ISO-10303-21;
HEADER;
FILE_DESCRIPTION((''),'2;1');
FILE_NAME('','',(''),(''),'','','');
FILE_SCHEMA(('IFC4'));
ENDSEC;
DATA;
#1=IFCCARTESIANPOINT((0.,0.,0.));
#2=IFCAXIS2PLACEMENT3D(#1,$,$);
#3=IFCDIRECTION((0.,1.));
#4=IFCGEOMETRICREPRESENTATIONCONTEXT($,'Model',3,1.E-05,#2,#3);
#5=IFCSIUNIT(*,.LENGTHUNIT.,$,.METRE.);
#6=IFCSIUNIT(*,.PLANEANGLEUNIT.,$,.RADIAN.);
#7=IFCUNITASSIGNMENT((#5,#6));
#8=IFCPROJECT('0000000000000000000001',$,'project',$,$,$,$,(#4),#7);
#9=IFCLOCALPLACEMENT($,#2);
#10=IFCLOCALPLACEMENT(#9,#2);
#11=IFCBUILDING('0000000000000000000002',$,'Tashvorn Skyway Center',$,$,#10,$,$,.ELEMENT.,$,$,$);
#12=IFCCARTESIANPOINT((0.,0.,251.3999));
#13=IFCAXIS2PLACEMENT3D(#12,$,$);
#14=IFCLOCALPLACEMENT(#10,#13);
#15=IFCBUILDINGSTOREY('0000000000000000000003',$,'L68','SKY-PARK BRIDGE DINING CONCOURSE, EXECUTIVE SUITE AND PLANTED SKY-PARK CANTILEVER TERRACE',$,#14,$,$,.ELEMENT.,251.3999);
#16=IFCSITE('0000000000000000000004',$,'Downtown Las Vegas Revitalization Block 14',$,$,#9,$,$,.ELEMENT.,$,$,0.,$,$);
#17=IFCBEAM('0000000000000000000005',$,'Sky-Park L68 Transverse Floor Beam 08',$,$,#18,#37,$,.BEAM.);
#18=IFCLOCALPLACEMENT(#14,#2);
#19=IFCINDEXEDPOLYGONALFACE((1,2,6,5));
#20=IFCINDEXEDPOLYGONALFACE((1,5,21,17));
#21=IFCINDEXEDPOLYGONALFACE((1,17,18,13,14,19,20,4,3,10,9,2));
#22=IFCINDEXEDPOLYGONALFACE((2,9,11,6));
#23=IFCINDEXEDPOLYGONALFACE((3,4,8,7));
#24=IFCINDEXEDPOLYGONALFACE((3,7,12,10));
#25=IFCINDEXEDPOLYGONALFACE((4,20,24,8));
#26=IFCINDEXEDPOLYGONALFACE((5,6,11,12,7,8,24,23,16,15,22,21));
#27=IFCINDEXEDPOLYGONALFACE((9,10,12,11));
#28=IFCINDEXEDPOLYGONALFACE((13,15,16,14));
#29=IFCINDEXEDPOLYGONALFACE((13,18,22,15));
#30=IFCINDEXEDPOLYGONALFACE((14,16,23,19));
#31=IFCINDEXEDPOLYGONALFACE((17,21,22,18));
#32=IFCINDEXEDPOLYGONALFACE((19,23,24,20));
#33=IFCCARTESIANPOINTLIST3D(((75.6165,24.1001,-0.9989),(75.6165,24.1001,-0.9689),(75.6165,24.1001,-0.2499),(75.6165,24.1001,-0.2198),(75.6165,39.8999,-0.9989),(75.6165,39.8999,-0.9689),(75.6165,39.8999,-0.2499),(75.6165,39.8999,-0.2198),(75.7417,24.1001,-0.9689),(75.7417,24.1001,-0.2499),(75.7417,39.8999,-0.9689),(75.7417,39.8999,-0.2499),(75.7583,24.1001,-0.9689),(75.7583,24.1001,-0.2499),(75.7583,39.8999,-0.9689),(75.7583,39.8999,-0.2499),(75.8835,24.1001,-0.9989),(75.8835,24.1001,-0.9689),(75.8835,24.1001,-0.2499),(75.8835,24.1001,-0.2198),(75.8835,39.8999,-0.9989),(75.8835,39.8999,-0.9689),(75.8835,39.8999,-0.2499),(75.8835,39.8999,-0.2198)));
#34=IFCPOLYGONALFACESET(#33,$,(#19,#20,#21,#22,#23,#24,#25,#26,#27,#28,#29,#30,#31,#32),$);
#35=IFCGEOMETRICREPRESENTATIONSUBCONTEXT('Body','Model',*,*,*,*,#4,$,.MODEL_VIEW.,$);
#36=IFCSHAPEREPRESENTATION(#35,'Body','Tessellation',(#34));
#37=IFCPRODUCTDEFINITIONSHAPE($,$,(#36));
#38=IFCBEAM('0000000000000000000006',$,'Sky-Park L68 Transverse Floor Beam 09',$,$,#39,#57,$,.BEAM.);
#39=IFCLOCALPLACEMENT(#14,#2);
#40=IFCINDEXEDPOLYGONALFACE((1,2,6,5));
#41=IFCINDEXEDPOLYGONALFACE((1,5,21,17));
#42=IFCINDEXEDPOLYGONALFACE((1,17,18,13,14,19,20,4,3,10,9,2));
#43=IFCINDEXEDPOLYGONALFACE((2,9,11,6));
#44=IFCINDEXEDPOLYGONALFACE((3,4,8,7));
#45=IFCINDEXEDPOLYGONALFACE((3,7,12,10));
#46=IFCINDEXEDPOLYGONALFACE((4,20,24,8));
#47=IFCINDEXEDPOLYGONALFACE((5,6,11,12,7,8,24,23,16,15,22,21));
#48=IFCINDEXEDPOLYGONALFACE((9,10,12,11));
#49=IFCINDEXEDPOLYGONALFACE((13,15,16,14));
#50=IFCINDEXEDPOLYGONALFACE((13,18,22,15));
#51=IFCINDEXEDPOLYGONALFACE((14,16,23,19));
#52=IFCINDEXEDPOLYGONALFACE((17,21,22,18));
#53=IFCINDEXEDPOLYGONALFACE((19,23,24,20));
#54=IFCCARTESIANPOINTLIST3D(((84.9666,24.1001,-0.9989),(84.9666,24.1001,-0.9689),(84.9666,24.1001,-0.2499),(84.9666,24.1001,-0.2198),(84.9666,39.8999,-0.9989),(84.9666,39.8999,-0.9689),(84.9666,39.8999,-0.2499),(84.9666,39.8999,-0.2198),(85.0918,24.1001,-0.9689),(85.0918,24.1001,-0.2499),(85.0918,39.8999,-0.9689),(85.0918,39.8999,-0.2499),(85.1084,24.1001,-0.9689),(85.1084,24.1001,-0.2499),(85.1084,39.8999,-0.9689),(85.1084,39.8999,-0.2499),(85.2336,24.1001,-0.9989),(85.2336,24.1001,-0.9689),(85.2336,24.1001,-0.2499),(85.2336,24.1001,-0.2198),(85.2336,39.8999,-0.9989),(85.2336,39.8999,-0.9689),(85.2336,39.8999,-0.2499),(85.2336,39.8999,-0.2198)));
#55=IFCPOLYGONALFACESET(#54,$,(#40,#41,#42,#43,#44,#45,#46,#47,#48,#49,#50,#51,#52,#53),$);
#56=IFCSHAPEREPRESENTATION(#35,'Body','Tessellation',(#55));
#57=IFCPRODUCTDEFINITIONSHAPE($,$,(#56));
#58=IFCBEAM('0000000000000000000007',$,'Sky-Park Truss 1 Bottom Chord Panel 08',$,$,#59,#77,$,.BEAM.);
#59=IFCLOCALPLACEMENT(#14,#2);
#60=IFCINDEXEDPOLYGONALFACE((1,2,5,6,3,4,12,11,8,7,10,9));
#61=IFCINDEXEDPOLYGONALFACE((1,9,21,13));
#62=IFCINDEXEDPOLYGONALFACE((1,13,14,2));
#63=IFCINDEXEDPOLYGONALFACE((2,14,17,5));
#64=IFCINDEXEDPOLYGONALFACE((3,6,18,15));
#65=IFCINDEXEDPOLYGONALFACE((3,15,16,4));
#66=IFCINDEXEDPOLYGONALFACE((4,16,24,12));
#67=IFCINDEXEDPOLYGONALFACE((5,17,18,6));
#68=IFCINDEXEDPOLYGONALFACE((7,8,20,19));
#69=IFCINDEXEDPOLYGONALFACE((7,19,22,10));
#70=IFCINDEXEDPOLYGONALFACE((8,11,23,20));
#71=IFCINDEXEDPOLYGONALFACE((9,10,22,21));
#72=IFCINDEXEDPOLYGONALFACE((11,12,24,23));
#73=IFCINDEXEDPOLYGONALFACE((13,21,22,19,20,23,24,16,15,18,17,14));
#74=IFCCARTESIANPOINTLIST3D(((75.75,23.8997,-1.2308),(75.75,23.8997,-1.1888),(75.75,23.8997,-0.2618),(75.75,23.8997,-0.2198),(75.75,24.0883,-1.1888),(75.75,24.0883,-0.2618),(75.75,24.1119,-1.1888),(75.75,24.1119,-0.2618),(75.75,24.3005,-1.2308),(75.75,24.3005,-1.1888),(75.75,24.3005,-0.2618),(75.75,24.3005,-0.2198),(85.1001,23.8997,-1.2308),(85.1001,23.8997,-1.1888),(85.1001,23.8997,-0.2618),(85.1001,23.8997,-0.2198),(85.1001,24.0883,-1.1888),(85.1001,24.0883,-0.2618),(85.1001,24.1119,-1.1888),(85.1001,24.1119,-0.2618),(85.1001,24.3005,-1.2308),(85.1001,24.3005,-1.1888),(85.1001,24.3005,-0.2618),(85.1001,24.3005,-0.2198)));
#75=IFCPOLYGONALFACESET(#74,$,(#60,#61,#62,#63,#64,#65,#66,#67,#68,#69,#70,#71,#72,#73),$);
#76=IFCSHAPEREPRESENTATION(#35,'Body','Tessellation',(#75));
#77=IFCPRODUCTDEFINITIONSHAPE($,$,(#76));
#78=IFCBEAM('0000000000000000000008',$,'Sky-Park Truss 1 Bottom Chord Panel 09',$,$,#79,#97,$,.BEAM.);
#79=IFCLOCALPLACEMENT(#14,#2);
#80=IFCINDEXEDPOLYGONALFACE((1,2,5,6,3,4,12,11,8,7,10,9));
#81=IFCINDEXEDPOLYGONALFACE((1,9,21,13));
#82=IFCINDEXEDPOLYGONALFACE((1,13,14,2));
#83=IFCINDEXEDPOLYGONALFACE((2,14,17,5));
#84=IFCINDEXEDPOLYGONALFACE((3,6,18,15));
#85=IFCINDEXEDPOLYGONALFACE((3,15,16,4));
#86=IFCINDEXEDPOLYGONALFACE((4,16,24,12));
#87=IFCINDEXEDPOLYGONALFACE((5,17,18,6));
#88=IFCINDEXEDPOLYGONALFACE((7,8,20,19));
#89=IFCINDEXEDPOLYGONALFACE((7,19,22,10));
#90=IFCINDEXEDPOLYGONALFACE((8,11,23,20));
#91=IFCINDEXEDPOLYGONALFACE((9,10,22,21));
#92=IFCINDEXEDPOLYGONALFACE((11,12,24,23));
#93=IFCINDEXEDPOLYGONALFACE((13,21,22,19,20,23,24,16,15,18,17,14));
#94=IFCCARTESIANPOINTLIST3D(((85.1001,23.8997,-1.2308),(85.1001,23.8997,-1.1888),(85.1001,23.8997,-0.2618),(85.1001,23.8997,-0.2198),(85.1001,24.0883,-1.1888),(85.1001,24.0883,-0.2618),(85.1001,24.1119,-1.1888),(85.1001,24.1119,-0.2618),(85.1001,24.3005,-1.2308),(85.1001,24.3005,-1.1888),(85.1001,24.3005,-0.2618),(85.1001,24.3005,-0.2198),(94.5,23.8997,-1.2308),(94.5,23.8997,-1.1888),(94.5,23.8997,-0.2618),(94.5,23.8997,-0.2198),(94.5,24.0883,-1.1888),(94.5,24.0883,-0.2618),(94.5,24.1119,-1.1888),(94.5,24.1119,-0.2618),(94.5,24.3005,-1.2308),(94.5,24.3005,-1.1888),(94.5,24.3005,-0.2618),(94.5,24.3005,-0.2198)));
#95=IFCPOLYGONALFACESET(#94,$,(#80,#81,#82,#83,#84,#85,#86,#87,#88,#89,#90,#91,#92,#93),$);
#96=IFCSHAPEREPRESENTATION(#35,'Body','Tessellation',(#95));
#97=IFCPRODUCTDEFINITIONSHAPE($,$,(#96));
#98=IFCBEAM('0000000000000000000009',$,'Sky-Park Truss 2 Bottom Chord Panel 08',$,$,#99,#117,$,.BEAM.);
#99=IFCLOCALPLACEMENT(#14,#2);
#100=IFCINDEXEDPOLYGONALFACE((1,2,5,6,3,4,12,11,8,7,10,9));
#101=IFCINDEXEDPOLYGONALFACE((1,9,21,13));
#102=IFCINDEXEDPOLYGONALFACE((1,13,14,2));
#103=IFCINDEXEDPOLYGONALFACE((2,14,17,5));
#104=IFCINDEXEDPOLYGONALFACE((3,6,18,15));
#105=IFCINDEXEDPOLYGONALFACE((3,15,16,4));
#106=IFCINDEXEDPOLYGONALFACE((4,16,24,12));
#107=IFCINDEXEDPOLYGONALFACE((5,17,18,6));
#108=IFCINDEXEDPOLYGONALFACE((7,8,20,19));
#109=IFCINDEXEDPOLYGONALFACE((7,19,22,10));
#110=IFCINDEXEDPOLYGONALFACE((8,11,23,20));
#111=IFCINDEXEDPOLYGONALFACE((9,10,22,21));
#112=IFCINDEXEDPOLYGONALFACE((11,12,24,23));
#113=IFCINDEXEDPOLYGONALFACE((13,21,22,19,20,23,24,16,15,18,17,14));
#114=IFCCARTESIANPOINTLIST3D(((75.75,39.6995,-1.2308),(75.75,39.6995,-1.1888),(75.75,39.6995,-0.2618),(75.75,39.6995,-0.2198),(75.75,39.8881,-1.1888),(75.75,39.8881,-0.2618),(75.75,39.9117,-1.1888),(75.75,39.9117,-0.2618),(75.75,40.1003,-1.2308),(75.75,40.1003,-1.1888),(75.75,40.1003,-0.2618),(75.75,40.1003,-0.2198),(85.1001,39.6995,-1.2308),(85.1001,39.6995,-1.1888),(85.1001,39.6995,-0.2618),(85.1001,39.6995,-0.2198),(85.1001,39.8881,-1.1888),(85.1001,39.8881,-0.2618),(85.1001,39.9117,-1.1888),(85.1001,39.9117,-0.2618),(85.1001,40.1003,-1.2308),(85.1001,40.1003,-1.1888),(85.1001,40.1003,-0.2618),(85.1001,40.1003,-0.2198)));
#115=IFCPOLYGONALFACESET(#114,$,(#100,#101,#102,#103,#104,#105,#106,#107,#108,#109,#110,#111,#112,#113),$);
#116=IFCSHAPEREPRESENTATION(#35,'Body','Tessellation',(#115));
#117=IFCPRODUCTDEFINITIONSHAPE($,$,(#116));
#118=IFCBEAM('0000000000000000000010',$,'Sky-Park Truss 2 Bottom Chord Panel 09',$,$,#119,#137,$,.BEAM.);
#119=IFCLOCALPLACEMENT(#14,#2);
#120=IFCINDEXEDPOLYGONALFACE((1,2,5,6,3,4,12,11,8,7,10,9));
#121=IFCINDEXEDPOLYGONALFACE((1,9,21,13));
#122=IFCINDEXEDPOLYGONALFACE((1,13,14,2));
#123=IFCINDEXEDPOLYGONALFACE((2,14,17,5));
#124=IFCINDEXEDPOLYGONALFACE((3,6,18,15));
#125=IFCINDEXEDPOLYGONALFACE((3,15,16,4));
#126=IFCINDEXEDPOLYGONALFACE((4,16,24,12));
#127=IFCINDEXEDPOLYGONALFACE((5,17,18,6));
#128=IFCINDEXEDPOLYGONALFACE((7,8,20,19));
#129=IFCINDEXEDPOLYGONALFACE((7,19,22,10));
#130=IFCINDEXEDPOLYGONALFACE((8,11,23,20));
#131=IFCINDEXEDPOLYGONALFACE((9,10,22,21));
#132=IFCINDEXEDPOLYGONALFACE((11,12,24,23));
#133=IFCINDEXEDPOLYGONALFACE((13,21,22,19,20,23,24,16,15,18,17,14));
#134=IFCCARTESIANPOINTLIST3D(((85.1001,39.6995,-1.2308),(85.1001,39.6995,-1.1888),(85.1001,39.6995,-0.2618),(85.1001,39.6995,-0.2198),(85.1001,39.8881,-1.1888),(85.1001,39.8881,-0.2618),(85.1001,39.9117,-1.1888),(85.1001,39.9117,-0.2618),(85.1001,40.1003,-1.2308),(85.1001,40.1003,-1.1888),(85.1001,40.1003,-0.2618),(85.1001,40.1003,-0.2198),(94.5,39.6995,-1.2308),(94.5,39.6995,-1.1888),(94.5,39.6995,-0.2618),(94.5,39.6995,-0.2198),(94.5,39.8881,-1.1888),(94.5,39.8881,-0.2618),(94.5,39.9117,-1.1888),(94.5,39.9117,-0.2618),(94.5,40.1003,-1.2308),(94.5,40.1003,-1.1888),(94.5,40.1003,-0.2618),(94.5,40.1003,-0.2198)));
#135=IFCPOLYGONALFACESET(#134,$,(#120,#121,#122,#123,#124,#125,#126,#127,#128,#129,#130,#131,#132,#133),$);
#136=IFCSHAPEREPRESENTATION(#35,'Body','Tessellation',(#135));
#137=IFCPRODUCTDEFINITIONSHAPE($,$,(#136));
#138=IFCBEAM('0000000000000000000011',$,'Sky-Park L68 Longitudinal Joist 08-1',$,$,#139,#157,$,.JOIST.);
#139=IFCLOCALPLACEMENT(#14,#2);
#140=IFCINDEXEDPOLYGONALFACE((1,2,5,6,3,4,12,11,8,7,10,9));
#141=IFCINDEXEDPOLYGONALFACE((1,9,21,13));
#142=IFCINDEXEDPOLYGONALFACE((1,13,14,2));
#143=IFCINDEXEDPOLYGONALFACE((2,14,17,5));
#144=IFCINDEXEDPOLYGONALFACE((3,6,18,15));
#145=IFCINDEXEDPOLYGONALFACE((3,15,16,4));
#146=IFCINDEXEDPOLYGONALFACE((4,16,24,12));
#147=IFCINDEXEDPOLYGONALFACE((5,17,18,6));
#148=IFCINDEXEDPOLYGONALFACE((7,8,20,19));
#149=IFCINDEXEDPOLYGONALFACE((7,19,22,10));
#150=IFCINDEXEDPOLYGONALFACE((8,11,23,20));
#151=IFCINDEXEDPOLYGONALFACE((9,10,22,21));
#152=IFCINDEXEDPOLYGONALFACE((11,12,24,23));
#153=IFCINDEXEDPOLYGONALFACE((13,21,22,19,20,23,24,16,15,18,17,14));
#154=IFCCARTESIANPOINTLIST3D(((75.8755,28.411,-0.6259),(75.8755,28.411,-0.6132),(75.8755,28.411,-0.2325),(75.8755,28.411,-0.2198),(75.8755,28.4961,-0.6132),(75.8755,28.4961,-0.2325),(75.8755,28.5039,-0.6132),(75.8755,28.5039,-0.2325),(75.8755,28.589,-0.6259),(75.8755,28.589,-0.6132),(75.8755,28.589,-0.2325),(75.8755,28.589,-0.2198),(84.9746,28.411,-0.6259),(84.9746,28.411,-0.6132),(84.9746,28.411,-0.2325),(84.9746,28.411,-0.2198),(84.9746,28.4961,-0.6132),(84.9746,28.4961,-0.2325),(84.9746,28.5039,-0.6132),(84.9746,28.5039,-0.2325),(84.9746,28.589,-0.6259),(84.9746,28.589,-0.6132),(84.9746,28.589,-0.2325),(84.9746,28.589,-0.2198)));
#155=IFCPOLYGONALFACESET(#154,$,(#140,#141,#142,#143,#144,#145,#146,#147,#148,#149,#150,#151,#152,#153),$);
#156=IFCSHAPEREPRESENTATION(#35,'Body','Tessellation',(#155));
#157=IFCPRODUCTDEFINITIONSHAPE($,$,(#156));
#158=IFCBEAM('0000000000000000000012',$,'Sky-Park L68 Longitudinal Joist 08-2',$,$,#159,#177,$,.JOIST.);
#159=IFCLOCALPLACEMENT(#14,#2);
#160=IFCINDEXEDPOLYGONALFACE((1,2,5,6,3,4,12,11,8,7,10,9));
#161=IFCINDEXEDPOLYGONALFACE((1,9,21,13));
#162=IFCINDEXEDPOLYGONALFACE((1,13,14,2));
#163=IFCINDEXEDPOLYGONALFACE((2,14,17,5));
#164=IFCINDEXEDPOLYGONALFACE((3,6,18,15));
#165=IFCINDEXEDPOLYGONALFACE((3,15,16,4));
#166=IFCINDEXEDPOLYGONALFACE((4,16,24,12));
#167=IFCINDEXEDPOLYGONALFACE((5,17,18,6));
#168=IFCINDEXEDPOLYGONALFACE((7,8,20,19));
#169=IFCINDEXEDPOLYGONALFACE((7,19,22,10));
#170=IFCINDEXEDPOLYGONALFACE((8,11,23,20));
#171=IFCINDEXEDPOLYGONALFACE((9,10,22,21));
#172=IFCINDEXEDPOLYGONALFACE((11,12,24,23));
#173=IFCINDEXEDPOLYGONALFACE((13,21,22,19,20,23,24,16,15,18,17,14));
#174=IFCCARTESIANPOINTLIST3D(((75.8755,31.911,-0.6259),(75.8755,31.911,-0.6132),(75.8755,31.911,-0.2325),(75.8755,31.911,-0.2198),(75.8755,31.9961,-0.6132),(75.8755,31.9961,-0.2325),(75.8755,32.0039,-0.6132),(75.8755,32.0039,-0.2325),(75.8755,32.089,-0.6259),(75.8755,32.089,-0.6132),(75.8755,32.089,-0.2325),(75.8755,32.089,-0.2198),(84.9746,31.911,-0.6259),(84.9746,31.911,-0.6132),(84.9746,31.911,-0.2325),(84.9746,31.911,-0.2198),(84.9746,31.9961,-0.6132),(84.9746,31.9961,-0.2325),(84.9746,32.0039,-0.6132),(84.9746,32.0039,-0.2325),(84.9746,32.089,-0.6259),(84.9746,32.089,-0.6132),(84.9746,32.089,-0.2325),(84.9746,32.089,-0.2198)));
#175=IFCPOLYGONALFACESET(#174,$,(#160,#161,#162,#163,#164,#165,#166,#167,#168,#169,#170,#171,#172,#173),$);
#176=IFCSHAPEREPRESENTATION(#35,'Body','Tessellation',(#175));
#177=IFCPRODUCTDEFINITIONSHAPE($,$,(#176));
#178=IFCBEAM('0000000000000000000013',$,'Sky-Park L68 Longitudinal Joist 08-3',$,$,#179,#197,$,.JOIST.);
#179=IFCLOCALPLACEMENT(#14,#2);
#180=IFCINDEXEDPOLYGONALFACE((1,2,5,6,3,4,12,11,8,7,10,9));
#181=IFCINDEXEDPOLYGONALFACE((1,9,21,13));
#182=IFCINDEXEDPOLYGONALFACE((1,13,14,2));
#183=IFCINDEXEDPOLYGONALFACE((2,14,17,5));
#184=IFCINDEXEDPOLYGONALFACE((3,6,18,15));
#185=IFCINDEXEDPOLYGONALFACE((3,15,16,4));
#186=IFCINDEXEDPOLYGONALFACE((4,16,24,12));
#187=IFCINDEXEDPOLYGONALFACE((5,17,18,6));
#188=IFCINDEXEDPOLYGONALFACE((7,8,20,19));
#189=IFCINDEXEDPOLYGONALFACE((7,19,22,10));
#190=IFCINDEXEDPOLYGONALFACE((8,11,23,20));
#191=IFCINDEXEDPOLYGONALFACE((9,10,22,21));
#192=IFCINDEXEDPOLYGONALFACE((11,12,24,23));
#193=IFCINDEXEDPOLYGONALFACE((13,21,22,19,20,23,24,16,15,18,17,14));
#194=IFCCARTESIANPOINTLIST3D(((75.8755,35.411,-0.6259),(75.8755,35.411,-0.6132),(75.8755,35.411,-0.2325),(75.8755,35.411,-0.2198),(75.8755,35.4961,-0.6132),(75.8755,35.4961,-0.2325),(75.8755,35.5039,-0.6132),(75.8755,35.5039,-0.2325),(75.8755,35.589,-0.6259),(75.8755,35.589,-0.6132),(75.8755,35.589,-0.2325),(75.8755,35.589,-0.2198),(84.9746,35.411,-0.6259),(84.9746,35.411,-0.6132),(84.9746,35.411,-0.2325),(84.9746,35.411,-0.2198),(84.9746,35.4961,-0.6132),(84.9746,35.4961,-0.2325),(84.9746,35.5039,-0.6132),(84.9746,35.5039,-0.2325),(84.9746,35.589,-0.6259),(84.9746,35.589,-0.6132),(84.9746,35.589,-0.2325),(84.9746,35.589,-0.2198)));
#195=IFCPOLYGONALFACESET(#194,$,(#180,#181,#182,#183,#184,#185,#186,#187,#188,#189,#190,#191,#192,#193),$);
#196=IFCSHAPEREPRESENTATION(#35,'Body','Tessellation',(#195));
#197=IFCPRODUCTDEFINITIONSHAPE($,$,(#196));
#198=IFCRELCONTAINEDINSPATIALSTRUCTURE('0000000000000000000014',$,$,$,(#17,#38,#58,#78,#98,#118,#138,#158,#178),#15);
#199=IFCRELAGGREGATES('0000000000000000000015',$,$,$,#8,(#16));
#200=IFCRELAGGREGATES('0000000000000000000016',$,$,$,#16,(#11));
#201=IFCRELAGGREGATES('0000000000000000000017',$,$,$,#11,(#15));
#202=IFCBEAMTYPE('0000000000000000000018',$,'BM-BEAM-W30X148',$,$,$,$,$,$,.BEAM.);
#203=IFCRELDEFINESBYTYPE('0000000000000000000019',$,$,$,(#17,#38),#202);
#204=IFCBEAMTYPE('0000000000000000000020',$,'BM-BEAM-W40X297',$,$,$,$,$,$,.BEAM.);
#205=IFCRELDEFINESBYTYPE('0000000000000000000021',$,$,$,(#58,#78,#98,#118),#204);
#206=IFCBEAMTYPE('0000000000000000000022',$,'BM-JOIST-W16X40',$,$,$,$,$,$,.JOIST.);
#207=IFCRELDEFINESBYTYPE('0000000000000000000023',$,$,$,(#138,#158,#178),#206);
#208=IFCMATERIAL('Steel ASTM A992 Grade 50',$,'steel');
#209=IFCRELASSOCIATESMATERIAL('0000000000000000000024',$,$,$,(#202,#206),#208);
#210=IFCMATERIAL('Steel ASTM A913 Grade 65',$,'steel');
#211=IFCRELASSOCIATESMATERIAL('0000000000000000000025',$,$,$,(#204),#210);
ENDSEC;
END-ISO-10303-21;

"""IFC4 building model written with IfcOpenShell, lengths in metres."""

from ifc_helpers import new_model, si_unit, direction, frame, origin, origin_2d, place, context, subcontext, project, spatial, i_section, extrude, material, material_profile, profile_set, type_object, element, save


model = new_model("IFC4")

# Units and contexts
model_context = context("Model", 3, precision=1e-05, world=origin(), true_north=direction((0.0, 1.0)))
body_context = subcontext(model_context, "Body", "Model", "MODEL_VIEW")
ifc_project = project(units=[si_unit("LENGTHUNIT", "METRE"), si_unit("PLANEANGLEUNIT", "RADIAN")], contexts=[model_context])

# Site, building, storey
site_placement = place(None, origin())
site = spatial("IfcSite", under=ifc_project, at=site_placement, Name="Downtown Las Vegas Revitalization Block 14", CompositionType="ELEMENT", RefElevation=0.0)
building_placement = place(site_placement, origin())
building = spatial("IfcBuilding", under=site, at=building_placement, Name="Tashvorn Skyway Center", CompositionType="ELEMENT")
storey_placement = place(building_placement, frame((0.0, 0.0, 251.3999)))
storey = spatial("IfcBuildingStorey", under=building, at=storey_placement, Name="L68", Description="SKY-PARK BRIDGE DINING CONCOURSE, EXECUTIVE SUITE AND PLANTED SKY-PARK CANTILEVER TERRACE", CompositionType="ELEMENT", Elevation=251.3999)

# Beams
ifc_material_1 = material(Name="Steel ASTM A992 Grade 50", Category="steel")
ifc_material_profile_1 = material_profile(ifc_material_1, i_section(OverallWidth=0.2671, OverallDepth=0.7791, WebThickness=0.0166, FlangeThickness=0.03, at=origin_2d()), Name="W30X148")
ifc_profile_set_1 = profile_set([ifc_material_profile_1], Name="Steel ASTM A992 Grade 50")
beam_type_1 = type_object("IfcBeamType", Name="BM-BEAM-W30X148", PredefinedType="BEAM", material=ifc_profile_set_1)
for number, where, z_axis, x_axis, name in (
    (1, (75.75, 24.1001, -0.6094), (0.0, 1.0, 0.0), (-1.0, 0.0, 0.0), "Sky-Park L68 Transverse Floor Beam 08"),
    (2, (85.1001, 24.1001, -0.6094), (0.0, 1.0, 0.0), (-1.0, 0.0, 0.0), "Sky-Park L68 Transverse Floor Beam 09"),
):
    element("IfcBeam", number, at=place(storey_placement, frame(where, z_axis=z_axis, x_axis=x_axis)), inside=storey, type_object=beam_type_1, Name=name, PredefinedType="BEAM", context=body_context, shape_type="SweptSolid", body=[
        extrude(i_section(OverallWidth=0.2671, OverallDepth=0.7791, WebThickness=0.0166, FlangeThickness=0.03, at=origin_2d()), origin(), (0.0, 0.0, 1.0), 15.7998),
    ])
ifc_material_2 = material(Name="Steel ASTM A913 Grade 65", Category="steel")
ifc_material_profile_2 = material_profile(ifc_material_2, i_section(OverallWidth=0.4009, OverallDepth=1.011, WebThickness=0.0237, FlangeThickness=0.042, at=origin_2d()), Name="W40X297")
ifc_profile_set_2 = profile_set([ifc_material_profile_2], Name="Steel ASTM A913 Grade 65")
beam_type_2 = type_object("IfcBeamType", Name="BM-BEAM-W40X297", PredefinedType="BEAM", material=ifc_profile_set_2)
beam_1_placement = place(storey_placement, frame((75.75, 24.1001, -0.7253), z_axis=(1.0, 0.0, 0.0), x_axis=(0.0, 1.0, 0.0)))
element("IfcBeam", 3, at=beam_1_placement, inside=storey, type_object=beam_type_2, Name="Sky-Park Truss 1 Bottom Chord Panel 08", PredefinedType="BEAM", context=body_context, shape_type="SweptSolid", body=[
    extrude(i_section(OverallWidth=0.4009, OverallDepth=1.011, WebThickness=0.0237, FlangeThickness=0.042, at=origin_2d()), origin(), (0.0, 0.0, 1.0), 9.3501),
])
beam_2_placement = place(storey_placement, frame((85.1001, 24.1001, -0.7253), z_axis=(1.0, 0.0, 0.0), x_axis=(0.0, 1.0, 0.0)))
element("IfcBeam", 4, at=beam_2_placement, inside=storey, type_object=beam_type_2, Name="Sky-Park Truss 1 Bottom Chord Panel 09", PredefinedType="BEAM", context=body_context, shape_type="SweptSolid", body=[
    extrude(i_section(OverallWidth=0.4009, OverallDepth=1.011, WebThickness=0.0237, FlangeThickness=0.042, at=origin_2d()), origin(), (0.0, 0.0, 1.0), 9.3999),
])
beam_3_placement = place(storey_placement, frame((75.75, 39.8999, -0.7253), z_axis=(1.0, 0.0, 0.0), x_axis=(0.0, 1.0, 0.0)))
element("IfcBeam", 5, at=beam_3_placement, inside=storey, type_object=beam_type_2, Name="Sky-Park Truss 2 Bottom Chord Panel 08", PredefinedType="BEAM", context=body_context, shape_type="SweptSolid", body=[
    extrude(i_section(OverallWidth=0.4009, OverallDepth=1.011, WebThickness=0.0237, FlangeThickness=0.042, at=origin_2d()), origin(), (0.0, 0.0, 1.0), 9.3501),
])
beam_4_placement = place(storey_placement, frame((85.1001, 39.8999, -0.7253), z_axis=(1.0, 0.0, 0.0), x_axis=(0.0, 1.0, 0.0)))
element("IfcBeam", 6, at=beam_4_placement, inside=storey, type_object=beam_type_2, Name="Sky-Park Truss 2 Bottom Chord Panel 09", PredefinedType="BEAM", context=body_context, shape_type="SweptSolid", body=[
    extrude(i_section(OverallWidth=0.4009, OverallDepth=1.011, WebThickness=0.0237, FlangeThickness=0.042, at=origin_2d()), origin(), (0.0, 0.0, 1.0), 9.3999),
])
ifc_material_profile_3 = material_profile(ifc_material_1, i_section(OverallWidth=0.178, OverallDepth=0.406, WebThickness=0.0078, FlangeThickness=0.0127, at=origin_2d()), Name="W16X40")
ifc_profile_set_3 = profile_set([ifc_material_profile_3], Name="Steel ASTM A992 Grade 50")
beam_type_3 = type_object("IfcBeamType", Name="BM-JOIST-W16X40", PredefinedType="JOIST", material=ifc_profile_set_3)
for number, where, z_axis, x_axis, name in (
    (7, (75.8755, 28.5, -0.4229), (1.0, 0.0, 0.0), (0.0, 1.0, 0.0), "Sky-Park L68 Longitudinal Joist 08-1"),
    (8, (75.8755, 32.0, -0.4229), (1.0, 0.0, 0.0), (0.0, 1.0, 0.0), "Sky-Park L68 Longitudinal Joist 08-2"),
    (9, (75.8755, 35.5, -0.4229), (1.0, 0.0, 0.0), (0.0, 1.0, 0.0), "Sky-Park L68 Longitudinal Joist 08-3"),
):
    element("IfcBeam", number, at=place(storey_placement, frame(where, z_axis=z_axis, x_axis=x_axis)), inside=storey, type_object=beam_type_3, Name=name, PredefinedType="JOIST", context=body_context, shape_type="SweptSolid", body=[
        extrude(i_section(OverallWidth=0.178, OverallDepth=0.406, WebThickness=0.0078, FlangeThickness=0.0127, at=origin_2d()), origin(), (0.0, 0.0, 1.0), 9.0991),
    ])

save(model, "model.ifc")
